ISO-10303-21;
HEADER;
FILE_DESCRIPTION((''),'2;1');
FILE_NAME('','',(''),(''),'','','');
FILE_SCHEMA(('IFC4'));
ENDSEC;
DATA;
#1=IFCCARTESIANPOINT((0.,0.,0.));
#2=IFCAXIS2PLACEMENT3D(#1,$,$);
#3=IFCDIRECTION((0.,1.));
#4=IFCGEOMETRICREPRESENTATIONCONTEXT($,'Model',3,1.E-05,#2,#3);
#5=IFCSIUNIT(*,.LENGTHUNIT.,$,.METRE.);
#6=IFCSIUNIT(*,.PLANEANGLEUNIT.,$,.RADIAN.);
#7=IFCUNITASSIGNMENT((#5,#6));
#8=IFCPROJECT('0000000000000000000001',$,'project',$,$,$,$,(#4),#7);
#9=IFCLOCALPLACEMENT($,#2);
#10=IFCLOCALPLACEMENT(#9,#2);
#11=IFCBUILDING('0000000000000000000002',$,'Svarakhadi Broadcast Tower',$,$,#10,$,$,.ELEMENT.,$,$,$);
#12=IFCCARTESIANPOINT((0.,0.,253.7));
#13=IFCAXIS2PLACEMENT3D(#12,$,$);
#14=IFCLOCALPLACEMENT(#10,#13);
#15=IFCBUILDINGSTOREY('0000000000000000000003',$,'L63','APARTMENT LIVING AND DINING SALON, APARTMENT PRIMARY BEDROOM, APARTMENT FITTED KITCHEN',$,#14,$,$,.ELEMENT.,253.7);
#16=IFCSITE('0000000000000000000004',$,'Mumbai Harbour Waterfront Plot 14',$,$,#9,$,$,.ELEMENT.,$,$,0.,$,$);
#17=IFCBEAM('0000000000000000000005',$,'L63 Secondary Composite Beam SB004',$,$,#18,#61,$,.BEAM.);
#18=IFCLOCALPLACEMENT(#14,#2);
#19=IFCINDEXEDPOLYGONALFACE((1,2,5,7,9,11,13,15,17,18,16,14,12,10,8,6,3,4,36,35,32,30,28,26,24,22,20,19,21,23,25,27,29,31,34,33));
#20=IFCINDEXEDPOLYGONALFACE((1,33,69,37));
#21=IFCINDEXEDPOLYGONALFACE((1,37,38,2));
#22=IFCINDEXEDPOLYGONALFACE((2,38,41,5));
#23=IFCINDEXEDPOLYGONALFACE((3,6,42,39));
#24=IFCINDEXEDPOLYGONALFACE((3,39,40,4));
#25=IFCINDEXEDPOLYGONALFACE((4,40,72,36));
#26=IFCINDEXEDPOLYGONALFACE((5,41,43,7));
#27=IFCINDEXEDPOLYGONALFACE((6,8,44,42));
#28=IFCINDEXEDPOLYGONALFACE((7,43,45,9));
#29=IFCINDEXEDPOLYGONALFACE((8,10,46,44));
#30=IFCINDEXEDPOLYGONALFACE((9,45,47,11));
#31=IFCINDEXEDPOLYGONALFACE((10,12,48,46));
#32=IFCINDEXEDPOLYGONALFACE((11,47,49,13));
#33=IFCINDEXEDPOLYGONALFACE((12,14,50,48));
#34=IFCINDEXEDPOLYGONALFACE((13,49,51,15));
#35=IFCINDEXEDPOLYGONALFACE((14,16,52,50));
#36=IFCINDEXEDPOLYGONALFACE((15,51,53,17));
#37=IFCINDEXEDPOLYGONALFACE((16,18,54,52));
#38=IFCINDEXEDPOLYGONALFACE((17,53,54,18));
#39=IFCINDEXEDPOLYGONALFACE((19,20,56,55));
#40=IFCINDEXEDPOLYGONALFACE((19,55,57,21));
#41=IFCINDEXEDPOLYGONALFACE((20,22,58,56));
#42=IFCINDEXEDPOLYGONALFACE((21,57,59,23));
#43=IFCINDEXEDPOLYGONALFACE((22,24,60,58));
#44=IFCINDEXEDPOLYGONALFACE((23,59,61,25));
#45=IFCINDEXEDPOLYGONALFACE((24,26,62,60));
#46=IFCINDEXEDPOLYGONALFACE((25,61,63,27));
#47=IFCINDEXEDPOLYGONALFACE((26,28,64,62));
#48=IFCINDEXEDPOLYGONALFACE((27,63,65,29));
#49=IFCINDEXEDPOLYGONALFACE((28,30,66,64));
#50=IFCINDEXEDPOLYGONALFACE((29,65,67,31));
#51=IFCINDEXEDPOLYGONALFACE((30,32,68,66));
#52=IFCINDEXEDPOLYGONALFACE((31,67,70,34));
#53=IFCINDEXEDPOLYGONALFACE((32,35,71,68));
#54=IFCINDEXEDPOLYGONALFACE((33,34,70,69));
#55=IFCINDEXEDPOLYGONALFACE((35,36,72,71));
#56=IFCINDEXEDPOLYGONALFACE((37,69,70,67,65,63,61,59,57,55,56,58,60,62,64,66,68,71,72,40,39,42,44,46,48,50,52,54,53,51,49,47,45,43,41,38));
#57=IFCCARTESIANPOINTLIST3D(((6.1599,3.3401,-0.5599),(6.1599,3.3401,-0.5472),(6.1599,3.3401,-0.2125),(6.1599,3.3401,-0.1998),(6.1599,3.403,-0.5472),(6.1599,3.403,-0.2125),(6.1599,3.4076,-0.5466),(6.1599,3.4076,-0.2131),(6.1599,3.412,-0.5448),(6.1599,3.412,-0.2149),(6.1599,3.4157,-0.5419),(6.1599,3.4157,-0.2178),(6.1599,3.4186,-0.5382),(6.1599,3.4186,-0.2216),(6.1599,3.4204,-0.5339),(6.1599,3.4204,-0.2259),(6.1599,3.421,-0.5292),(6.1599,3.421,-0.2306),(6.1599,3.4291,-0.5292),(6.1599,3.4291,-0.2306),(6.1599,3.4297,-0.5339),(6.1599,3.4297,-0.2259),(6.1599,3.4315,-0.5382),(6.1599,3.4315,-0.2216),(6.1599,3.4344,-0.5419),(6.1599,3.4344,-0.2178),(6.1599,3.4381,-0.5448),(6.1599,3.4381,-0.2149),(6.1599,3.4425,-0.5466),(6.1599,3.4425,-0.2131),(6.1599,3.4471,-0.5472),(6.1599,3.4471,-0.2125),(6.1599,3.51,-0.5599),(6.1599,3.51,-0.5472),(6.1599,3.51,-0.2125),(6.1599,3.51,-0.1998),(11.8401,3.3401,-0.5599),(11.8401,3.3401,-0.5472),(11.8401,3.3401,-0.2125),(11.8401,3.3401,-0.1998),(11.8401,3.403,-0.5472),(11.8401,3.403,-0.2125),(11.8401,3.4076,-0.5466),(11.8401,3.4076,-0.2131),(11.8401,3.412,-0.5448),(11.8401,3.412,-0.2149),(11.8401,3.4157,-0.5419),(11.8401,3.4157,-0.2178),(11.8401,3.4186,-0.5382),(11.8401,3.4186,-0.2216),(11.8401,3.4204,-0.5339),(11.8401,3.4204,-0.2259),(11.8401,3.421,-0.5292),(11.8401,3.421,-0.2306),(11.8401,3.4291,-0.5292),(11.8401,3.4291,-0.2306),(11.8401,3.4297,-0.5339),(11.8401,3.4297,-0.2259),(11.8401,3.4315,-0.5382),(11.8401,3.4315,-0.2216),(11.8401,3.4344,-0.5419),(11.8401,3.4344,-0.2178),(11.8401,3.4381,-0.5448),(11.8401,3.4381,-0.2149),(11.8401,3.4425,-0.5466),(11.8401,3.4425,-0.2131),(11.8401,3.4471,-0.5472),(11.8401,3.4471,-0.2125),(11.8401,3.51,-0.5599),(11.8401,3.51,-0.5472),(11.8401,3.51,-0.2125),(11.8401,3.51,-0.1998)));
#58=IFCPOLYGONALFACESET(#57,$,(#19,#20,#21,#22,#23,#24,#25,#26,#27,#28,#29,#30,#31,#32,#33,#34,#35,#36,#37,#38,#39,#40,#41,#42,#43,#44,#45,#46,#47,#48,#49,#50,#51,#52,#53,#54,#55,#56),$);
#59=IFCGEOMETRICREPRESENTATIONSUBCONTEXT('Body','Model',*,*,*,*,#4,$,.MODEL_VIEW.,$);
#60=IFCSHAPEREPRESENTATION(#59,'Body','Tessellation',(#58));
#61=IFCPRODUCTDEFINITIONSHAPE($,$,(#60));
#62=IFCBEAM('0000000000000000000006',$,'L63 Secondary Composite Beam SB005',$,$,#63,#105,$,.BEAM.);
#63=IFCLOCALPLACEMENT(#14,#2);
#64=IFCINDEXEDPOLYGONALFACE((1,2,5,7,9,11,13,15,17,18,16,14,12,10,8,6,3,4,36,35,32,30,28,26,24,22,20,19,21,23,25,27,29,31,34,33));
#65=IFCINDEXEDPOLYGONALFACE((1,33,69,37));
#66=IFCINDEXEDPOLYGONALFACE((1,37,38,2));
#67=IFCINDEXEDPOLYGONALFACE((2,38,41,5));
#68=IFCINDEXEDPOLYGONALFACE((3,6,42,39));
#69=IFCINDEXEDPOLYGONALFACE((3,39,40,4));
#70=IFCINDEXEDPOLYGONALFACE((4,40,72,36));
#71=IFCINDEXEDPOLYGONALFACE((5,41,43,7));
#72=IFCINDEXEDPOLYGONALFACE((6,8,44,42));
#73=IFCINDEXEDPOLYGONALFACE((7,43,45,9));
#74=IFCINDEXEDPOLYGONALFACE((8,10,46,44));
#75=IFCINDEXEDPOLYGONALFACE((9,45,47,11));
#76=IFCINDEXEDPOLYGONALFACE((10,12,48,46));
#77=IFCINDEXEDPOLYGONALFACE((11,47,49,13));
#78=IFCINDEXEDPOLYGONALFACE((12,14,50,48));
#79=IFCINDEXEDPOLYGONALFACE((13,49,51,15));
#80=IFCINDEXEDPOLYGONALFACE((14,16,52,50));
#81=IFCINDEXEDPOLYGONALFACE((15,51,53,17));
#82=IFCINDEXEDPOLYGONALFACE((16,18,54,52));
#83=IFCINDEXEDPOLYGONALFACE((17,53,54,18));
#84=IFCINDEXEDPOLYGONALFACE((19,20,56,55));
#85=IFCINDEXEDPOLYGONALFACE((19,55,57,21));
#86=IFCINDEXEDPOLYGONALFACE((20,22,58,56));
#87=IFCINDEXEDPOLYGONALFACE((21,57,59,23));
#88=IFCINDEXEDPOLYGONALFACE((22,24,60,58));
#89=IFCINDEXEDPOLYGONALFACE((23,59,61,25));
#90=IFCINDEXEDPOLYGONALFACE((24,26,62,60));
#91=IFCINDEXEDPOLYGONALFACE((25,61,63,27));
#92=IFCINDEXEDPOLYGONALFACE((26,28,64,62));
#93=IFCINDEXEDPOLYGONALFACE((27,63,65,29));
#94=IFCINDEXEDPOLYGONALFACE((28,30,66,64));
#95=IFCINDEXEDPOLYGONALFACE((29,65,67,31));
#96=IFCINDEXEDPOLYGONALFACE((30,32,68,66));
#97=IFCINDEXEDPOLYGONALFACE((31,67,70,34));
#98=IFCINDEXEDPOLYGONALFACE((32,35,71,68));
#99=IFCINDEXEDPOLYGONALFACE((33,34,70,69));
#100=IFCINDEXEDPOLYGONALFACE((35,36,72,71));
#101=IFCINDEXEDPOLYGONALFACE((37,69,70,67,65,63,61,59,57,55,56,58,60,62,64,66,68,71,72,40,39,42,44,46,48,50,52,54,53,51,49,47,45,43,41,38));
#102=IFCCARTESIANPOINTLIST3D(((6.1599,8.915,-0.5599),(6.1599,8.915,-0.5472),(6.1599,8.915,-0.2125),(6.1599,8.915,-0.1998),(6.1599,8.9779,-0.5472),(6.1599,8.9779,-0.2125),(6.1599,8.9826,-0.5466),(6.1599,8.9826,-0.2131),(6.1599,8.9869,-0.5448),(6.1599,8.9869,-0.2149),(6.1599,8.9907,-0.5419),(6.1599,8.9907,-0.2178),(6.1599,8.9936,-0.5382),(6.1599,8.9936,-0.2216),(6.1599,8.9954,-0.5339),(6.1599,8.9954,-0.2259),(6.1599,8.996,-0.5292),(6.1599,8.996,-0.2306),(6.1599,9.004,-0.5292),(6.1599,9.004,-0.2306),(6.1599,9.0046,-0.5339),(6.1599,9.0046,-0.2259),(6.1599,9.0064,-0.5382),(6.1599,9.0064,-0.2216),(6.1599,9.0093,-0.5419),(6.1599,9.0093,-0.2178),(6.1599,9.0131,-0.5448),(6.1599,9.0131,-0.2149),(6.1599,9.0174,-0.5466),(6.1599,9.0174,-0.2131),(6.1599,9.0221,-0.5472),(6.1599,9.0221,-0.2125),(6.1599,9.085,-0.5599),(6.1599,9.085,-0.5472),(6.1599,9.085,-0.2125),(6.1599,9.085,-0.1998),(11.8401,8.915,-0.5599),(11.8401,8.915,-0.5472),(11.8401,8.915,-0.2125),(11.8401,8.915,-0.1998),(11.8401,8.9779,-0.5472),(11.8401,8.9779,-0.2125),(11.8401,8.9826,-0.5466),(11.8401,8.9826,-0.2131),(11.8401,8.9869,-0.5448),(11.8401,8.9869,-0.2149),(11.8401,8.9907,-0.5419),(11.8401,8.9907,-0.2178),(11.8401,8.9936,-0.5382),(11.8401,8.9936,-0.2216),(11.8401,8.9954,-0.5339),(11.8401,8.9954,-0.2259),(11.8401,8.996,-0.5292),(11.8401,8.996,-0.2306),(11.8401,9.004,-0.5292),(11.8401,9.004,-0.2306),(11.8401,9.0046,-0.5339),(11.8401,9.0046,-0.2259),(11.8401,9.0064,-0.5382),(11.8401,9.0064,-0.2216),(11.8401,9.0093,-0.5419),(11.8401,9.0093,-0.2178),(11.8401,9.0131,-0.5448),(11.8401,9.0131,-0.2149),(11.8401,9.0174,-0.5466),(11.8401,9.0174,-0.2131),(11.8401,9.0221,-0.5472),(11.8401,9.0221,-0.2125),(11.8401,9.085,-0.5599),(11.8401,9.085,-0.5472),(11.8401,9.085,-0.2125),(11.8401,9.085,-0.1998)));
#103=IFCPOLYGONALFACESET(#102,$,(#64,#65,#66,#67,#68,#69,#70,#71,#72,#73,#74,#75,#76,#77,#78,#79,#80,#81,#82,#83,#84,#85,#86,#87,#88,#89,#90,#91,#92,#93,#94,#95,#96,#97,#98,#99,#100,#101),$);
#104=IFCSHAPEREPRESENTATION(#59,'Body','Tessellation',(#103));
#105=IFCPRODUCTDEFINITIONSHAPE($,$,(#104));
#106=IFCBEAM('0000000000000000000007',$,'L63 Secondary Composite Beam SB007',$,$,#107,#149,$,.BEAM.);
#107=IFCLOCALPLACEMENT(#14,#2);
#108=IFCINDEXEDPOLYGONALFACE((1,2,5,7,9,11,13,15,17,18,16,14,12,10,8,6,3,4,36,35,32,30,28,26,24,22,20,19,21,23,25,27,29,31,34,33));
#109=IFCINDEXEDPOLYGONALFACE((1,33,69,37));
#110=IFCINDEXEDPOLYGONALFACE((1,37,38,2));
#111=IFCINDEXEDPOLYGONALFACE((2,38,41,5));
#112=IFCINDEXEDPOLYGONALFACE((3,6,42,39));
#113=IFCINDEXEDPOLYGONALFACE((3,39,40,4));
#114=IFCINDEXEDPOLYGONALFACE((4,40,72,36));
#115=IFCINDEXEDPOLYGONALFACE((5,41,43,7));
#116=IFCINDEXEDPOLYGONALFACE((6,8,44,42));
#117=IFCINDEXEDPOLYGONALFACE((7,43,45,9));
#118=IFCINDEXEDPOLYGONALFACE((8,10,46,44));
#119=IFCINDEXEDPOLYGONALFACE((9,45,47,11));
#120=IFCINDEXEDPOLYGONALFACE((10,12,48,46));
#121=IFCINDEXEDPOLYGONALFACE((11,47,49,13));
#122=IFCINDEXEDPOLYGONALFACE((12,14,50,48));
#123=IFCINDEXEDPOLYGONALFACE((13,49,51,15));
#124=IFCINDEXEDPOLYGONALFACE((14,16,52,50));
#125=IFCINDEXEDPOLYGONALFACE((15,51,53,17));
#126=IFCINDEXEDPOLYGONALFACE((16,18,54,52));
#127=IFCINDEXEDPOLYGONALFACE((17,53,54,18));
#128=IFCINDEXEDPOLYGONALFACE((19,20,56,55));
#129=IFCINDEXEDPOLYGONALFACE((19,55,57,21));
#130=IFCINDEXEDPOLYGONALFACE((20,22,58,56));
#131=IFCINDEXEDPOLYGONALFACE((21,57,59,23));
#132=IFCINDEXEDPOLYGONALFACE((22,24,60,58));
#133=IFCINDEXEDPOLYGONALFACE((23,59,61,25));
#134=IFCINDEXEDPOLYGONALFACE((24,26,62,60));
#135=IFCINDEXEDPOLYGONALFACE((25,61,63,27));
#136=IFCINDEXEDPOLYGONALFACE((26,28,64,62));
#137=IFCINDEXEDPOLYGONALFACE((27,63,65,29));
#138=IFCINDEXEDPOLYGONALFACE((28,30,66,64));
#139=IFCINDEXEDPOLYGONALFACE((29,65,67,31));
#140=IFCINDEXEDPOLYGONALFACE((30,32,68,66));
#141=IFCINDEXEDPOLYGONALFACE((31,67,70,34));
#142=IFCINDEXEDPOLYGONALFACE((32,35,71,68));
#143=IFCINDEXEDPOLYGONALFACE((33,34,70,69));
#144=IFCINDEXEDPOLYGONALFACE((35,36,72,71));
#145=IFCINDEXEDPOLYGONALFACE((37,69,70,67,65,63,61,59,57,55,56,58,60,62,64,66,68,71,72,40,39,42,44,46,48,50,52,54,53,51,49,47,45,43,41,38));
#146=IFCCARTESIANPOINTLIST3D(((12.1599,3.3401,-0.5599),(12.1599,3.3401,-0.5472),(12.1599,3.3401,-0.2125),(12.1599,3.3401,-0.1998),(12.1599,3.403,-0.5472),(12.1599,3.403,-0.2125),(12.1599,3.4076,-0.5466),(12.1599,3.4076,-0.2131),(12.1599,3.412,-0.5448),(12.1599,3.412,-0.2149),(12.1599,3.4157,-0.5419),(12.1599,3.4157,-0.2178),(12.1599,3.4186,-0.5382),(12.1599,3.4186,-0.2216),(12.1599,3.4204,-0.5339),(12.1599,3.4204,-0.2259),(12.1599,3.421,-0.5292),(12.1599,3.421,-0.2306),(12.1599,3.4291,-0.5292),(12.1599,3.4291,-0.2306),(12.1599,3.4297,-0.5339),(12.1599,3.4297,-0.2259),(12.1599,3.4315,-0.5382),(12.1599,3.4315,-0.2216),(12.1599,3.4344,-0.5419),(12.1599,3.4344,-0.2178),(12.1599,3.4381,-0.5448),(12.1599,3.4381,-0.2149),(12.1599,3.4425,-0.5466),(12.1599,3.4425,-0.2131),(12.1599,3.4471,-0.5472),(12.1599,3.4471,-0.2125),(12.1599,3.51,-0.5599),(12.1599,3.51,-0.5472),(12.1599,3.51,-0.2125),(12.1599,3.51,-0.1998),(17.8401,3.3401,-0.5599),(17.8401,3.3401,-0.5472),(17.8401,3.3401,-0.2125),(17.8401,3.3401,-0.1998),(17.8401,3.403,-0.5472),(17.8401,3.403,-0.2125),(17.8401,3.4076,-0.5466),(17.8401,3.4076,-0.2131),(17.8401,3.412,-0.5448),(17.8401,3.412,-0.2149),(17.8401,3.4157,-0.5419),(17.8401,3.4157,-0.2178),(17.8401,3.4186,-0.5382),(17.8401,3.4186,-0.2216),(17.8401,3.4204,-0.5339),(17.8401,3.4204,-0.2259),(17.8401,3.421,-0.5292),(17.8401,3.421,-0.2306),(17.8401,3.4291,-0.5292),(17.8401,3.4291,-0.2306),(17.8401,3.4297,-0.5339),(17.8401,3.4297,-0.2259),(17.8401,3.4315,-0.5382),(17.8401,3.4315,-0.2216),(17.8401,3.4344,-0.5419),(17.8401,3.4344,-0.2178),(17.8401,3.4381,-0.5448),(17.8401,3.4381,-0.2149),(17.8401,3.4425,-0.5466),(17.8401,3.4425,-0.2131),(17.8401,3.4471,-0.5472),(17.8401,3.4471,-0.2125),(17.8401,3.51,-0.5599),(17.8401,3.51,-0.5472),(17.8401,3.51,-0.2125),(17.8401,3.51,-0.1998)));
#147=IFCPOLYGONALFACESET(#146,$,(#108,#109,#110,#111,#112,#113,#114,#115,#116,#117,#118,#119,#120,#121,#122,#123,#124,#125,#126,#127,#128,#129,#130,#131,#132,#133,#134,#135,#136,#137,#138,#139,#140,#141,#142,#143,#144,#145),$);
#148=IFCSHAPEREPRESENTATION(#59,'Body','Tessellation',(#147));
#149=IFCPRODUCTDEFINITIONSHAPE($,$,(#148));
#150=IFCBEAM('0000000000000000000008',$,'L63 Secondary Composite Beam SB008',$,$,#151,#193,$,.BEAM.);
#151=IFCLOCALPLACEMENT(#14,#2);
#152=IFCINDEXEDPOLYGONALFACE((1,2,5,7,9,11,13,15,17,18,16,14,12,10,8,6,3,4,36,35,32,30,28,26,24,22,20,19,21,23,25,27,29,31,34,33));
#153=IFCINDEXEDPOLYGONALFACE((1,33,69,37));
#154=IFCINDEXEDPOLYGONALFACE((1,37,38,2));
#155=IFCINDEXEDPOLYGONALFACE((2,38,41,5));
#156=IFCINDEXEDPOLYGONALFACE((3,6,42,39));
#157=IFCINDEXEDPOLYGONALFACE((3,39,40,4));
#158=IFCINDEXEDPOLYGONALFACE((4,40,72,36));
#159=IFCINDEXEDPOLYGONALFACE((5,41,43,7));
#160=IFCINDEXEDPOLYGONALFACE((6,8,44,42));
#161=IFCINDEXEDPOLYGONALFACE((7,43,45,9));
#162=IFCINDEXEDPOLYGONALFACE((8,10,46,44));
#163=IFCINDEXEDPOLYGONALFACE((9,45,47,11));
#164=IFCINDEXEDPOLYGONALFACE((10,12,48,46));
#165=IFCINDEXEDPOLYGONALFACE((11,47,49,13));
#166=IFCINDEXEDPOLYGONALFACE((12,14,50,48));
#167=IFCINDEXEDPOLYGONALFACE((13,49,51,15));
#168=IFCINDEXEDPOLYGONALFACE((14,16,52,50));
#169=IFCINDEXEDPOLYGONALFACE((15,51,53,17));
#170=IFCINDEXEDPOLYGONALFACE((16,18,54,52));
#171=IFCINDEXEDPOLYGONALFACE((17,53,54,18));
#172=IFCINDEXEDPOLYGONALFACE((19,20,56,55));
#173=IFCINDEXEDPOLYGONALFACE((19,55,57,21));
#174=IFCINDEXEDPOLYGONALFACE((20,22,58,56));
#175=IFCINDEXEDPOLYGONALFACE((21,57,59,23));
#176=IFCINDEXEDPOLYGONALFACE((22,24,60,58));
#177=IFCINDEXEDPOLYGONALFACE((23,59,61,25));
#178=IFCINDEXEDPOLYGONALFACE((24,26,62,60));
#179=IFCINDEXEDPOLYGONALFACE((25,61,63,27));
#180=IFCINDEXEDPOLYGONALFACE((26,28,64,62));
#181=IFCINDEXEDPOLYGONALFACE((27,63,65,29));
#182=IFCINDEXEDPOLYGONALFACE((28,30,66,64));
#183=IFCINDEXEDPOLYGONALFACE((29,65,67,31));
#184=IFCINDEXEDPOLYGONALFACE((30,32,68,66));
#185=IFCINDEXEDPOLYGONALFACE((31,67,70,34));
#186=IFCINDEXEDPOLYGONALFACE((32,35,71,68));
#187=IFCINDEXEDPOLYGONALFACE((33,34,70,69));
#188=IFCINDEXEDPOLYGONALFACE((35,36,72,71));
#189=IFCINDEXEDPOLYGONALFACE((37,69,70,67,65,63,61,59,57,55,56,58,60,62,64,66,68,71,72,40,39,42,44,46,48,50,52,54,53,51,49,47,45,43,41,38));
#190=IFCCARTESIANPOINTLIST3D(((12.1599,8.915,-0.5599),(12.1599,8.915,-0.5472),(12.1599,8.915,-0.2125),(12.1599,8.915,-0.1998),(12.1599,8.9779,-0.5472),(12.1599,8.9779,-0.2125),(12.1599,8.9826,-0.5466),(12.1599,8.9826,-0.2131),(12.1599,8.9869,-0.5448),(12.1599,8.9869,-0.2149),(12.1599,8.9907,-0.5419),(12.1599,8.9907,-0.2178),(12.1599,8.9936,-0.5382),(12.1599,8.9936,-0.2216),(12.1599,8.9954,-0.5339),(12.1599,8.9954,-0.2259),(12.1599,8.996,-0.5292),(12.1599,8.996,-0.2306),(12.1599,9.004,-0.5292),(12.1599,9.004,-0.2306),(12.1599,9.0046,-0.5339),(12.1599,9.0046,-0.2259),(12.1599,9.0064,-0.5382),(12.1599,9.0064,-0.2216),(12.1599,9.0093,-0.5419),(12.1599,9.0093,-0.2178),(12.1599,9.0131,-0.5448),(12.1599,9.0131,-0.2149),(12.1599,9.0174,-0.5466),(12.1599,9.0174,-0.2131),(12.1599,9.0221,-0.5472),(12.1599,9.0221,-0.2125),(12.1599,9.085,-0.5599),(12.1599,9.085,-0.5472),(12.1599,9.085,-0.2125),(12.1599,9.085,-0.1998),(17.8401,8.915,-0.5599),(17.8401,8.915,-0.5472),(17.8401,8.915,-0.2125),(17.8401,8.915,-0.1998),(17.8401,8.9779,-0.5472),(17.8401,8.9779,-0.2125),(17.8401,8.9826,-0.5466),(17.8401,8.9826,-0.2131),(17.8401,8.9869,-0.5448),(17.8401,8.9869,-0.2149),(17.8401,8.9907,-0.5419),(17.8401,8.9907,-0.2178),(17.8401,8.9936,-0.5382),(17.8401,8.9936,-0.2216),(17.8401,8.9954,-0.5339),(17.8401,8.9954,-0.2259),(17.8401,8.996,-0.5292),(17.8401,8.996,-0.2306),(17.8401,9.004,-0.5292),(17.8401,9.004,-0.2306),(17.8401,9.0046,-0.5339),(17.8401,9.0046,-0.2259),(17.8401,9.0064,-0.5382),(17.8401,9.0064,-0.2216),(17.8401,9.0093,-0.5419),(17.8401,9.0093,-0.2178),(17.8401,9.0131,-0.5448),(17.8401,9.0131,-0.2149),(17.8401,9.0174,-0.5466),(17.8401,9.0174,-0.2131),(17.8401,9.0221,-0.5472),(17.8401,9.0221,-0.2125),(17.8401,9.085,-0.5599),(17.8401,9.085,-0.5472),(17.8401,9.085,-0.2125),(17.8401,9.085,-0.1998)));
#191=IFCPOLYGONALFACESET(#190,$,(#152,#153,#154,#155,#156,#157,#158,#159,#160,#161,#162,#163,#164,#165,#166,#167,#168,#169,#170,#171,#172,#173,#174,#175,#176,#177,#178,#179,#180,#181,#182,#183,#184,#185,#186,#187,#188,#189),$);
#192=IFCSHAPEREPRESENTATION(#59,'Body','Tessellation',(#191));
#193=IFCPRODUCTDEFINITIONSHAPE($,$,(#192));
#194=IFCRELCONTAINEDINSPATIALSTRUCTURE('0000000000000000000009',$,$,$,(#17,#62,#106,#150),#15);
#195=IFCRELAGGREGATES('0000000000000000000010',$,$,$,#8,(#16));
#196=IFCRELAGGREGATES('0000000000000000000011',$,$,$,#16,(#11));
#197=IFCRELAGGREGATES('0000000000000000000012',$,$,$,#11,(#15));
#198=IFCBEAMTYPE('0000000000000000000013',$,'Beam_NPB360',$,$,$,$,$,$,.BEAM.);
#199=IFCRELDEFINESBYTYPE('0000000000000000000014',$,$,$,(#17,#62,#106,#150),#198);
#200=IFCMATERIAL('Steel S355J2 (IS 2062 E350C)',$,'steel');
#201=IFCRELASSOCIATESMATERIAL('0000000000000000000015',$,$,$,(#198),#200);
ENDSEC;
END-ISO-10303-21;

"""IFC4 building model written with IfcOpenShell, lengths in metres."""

from ifc_helpers import new_model, si_unit, direction, frame, origin, origin_2d, place, context, subcontext, project, spatial, i_section, extrude, material, material_profile, profile_set, type_object, element, save


model = new_model("IFC4")

# Units and contexts
model_context = context("Model", 3, precision=1e-05, world=origin(), true_north=direction((0.0, 1.0)))
body_context = subcontext(model_context, "Body", "Model", "MODEL_VIEW")
ifc_project = project(units=[si_unit("LENGTHUNIT", "METRE"), si_unit("PLANEANGLEUNIT", "RADIAN")], contexts=[model_context])

# Site, building, storey
site_placement = place(None, origin())
site = spatial("IfcSite", under=ifc_project, at=site_placement, Name="Mumbai Harbour Waterfront Plot 14", CompositionType="ELEMENT", RefElevation=0.0)
building_placement = place(site_placement, origin())
building = spatial("IfcBuilding", under=site, at=building_placement, Name="Svarakhadi Broadcast Tower", CompositionType="ELEMENT")
storey_placement = place(building_placement, frame((0.0, 0.0, 253.7)))
storey = spatial("IfcBuildingStorey", under=building, at=storey_placement, Name="L63", Description="APARTMENT LIVING AND DINING SALON, APARTMENT PRIMARY BEDROOM, APARTMENT FITTED KITCHEN", CompositionType="ELEMENT", Elevation=253.7)

# Beams
ifc_material_1 = material(Name="Steel S355J2 (IS 2062 E350C)", Category="steel")
ifc_material_profile_1 = material_profile(ifc_material_1, i_section(OverallWidth=0.1699, OverallDepth=0.3601, WebThickness=0.0081, FlangeThickness=0.0127, FilletRadius=0.0181, at=origin_2d()), Name="NPB 360x170x57")
ifc_profile_set_1 = profile_set([ifc_material_profile_1], Name="Steel S355J2 (IS 2062 E350C)")
beam_type_1 = type_object("IfcBeamType", Name="Beam_NPB360", PredefinedType="BEAM", material=ifc_profile_set_1)
for number, where, z_axis, x_axis, name in (
    (1, (6.1599, 3.425, -0.3799), (1.0, 0.0, 0.0), (0.0, 1.0, 0.0), "L63 Secondary Composite Beam SB004"),
    (2, (6.1599, 9.0, -0.3799), (1.0, 0.0, 0.0), (0.0, 1.0, 0.0), "L63 Secondary Composite Beam SB005"),
    (3, (12.1599, 3.425, -0.3799), (1.0, 0.0, 0.0), (0.0, 1.0, 0.0), "L63 Secondary Composite Beam SB007"),
    (4, (12.1599, 9.0, -0.3799), (1.0, 0.0, 0.0), (0.0, 1.0, 0.0), "L63 Secondary Composite Beam SB008"),
):
    element("IfcBeam", number, at=place(storey_placement, frame(where, z_axis=z_axis, x_axis=x_axis)), inside=storey, type_object=beam_type_1, Name=name, PredefinedType="BEAM", context=body_context, shape_type="SweptSolid", body=[
        extrude(i_section(OverallWidth=0.1699, OverallDepth=0.3601, WebThickness=0.0081, FlangeThickness=0.0127, FilletRadius=0.0181, at=origin_2d()), origin(), (0.0, 0.0, 1.0), 5.6802),
    ])

save(model, "model.ifc")
